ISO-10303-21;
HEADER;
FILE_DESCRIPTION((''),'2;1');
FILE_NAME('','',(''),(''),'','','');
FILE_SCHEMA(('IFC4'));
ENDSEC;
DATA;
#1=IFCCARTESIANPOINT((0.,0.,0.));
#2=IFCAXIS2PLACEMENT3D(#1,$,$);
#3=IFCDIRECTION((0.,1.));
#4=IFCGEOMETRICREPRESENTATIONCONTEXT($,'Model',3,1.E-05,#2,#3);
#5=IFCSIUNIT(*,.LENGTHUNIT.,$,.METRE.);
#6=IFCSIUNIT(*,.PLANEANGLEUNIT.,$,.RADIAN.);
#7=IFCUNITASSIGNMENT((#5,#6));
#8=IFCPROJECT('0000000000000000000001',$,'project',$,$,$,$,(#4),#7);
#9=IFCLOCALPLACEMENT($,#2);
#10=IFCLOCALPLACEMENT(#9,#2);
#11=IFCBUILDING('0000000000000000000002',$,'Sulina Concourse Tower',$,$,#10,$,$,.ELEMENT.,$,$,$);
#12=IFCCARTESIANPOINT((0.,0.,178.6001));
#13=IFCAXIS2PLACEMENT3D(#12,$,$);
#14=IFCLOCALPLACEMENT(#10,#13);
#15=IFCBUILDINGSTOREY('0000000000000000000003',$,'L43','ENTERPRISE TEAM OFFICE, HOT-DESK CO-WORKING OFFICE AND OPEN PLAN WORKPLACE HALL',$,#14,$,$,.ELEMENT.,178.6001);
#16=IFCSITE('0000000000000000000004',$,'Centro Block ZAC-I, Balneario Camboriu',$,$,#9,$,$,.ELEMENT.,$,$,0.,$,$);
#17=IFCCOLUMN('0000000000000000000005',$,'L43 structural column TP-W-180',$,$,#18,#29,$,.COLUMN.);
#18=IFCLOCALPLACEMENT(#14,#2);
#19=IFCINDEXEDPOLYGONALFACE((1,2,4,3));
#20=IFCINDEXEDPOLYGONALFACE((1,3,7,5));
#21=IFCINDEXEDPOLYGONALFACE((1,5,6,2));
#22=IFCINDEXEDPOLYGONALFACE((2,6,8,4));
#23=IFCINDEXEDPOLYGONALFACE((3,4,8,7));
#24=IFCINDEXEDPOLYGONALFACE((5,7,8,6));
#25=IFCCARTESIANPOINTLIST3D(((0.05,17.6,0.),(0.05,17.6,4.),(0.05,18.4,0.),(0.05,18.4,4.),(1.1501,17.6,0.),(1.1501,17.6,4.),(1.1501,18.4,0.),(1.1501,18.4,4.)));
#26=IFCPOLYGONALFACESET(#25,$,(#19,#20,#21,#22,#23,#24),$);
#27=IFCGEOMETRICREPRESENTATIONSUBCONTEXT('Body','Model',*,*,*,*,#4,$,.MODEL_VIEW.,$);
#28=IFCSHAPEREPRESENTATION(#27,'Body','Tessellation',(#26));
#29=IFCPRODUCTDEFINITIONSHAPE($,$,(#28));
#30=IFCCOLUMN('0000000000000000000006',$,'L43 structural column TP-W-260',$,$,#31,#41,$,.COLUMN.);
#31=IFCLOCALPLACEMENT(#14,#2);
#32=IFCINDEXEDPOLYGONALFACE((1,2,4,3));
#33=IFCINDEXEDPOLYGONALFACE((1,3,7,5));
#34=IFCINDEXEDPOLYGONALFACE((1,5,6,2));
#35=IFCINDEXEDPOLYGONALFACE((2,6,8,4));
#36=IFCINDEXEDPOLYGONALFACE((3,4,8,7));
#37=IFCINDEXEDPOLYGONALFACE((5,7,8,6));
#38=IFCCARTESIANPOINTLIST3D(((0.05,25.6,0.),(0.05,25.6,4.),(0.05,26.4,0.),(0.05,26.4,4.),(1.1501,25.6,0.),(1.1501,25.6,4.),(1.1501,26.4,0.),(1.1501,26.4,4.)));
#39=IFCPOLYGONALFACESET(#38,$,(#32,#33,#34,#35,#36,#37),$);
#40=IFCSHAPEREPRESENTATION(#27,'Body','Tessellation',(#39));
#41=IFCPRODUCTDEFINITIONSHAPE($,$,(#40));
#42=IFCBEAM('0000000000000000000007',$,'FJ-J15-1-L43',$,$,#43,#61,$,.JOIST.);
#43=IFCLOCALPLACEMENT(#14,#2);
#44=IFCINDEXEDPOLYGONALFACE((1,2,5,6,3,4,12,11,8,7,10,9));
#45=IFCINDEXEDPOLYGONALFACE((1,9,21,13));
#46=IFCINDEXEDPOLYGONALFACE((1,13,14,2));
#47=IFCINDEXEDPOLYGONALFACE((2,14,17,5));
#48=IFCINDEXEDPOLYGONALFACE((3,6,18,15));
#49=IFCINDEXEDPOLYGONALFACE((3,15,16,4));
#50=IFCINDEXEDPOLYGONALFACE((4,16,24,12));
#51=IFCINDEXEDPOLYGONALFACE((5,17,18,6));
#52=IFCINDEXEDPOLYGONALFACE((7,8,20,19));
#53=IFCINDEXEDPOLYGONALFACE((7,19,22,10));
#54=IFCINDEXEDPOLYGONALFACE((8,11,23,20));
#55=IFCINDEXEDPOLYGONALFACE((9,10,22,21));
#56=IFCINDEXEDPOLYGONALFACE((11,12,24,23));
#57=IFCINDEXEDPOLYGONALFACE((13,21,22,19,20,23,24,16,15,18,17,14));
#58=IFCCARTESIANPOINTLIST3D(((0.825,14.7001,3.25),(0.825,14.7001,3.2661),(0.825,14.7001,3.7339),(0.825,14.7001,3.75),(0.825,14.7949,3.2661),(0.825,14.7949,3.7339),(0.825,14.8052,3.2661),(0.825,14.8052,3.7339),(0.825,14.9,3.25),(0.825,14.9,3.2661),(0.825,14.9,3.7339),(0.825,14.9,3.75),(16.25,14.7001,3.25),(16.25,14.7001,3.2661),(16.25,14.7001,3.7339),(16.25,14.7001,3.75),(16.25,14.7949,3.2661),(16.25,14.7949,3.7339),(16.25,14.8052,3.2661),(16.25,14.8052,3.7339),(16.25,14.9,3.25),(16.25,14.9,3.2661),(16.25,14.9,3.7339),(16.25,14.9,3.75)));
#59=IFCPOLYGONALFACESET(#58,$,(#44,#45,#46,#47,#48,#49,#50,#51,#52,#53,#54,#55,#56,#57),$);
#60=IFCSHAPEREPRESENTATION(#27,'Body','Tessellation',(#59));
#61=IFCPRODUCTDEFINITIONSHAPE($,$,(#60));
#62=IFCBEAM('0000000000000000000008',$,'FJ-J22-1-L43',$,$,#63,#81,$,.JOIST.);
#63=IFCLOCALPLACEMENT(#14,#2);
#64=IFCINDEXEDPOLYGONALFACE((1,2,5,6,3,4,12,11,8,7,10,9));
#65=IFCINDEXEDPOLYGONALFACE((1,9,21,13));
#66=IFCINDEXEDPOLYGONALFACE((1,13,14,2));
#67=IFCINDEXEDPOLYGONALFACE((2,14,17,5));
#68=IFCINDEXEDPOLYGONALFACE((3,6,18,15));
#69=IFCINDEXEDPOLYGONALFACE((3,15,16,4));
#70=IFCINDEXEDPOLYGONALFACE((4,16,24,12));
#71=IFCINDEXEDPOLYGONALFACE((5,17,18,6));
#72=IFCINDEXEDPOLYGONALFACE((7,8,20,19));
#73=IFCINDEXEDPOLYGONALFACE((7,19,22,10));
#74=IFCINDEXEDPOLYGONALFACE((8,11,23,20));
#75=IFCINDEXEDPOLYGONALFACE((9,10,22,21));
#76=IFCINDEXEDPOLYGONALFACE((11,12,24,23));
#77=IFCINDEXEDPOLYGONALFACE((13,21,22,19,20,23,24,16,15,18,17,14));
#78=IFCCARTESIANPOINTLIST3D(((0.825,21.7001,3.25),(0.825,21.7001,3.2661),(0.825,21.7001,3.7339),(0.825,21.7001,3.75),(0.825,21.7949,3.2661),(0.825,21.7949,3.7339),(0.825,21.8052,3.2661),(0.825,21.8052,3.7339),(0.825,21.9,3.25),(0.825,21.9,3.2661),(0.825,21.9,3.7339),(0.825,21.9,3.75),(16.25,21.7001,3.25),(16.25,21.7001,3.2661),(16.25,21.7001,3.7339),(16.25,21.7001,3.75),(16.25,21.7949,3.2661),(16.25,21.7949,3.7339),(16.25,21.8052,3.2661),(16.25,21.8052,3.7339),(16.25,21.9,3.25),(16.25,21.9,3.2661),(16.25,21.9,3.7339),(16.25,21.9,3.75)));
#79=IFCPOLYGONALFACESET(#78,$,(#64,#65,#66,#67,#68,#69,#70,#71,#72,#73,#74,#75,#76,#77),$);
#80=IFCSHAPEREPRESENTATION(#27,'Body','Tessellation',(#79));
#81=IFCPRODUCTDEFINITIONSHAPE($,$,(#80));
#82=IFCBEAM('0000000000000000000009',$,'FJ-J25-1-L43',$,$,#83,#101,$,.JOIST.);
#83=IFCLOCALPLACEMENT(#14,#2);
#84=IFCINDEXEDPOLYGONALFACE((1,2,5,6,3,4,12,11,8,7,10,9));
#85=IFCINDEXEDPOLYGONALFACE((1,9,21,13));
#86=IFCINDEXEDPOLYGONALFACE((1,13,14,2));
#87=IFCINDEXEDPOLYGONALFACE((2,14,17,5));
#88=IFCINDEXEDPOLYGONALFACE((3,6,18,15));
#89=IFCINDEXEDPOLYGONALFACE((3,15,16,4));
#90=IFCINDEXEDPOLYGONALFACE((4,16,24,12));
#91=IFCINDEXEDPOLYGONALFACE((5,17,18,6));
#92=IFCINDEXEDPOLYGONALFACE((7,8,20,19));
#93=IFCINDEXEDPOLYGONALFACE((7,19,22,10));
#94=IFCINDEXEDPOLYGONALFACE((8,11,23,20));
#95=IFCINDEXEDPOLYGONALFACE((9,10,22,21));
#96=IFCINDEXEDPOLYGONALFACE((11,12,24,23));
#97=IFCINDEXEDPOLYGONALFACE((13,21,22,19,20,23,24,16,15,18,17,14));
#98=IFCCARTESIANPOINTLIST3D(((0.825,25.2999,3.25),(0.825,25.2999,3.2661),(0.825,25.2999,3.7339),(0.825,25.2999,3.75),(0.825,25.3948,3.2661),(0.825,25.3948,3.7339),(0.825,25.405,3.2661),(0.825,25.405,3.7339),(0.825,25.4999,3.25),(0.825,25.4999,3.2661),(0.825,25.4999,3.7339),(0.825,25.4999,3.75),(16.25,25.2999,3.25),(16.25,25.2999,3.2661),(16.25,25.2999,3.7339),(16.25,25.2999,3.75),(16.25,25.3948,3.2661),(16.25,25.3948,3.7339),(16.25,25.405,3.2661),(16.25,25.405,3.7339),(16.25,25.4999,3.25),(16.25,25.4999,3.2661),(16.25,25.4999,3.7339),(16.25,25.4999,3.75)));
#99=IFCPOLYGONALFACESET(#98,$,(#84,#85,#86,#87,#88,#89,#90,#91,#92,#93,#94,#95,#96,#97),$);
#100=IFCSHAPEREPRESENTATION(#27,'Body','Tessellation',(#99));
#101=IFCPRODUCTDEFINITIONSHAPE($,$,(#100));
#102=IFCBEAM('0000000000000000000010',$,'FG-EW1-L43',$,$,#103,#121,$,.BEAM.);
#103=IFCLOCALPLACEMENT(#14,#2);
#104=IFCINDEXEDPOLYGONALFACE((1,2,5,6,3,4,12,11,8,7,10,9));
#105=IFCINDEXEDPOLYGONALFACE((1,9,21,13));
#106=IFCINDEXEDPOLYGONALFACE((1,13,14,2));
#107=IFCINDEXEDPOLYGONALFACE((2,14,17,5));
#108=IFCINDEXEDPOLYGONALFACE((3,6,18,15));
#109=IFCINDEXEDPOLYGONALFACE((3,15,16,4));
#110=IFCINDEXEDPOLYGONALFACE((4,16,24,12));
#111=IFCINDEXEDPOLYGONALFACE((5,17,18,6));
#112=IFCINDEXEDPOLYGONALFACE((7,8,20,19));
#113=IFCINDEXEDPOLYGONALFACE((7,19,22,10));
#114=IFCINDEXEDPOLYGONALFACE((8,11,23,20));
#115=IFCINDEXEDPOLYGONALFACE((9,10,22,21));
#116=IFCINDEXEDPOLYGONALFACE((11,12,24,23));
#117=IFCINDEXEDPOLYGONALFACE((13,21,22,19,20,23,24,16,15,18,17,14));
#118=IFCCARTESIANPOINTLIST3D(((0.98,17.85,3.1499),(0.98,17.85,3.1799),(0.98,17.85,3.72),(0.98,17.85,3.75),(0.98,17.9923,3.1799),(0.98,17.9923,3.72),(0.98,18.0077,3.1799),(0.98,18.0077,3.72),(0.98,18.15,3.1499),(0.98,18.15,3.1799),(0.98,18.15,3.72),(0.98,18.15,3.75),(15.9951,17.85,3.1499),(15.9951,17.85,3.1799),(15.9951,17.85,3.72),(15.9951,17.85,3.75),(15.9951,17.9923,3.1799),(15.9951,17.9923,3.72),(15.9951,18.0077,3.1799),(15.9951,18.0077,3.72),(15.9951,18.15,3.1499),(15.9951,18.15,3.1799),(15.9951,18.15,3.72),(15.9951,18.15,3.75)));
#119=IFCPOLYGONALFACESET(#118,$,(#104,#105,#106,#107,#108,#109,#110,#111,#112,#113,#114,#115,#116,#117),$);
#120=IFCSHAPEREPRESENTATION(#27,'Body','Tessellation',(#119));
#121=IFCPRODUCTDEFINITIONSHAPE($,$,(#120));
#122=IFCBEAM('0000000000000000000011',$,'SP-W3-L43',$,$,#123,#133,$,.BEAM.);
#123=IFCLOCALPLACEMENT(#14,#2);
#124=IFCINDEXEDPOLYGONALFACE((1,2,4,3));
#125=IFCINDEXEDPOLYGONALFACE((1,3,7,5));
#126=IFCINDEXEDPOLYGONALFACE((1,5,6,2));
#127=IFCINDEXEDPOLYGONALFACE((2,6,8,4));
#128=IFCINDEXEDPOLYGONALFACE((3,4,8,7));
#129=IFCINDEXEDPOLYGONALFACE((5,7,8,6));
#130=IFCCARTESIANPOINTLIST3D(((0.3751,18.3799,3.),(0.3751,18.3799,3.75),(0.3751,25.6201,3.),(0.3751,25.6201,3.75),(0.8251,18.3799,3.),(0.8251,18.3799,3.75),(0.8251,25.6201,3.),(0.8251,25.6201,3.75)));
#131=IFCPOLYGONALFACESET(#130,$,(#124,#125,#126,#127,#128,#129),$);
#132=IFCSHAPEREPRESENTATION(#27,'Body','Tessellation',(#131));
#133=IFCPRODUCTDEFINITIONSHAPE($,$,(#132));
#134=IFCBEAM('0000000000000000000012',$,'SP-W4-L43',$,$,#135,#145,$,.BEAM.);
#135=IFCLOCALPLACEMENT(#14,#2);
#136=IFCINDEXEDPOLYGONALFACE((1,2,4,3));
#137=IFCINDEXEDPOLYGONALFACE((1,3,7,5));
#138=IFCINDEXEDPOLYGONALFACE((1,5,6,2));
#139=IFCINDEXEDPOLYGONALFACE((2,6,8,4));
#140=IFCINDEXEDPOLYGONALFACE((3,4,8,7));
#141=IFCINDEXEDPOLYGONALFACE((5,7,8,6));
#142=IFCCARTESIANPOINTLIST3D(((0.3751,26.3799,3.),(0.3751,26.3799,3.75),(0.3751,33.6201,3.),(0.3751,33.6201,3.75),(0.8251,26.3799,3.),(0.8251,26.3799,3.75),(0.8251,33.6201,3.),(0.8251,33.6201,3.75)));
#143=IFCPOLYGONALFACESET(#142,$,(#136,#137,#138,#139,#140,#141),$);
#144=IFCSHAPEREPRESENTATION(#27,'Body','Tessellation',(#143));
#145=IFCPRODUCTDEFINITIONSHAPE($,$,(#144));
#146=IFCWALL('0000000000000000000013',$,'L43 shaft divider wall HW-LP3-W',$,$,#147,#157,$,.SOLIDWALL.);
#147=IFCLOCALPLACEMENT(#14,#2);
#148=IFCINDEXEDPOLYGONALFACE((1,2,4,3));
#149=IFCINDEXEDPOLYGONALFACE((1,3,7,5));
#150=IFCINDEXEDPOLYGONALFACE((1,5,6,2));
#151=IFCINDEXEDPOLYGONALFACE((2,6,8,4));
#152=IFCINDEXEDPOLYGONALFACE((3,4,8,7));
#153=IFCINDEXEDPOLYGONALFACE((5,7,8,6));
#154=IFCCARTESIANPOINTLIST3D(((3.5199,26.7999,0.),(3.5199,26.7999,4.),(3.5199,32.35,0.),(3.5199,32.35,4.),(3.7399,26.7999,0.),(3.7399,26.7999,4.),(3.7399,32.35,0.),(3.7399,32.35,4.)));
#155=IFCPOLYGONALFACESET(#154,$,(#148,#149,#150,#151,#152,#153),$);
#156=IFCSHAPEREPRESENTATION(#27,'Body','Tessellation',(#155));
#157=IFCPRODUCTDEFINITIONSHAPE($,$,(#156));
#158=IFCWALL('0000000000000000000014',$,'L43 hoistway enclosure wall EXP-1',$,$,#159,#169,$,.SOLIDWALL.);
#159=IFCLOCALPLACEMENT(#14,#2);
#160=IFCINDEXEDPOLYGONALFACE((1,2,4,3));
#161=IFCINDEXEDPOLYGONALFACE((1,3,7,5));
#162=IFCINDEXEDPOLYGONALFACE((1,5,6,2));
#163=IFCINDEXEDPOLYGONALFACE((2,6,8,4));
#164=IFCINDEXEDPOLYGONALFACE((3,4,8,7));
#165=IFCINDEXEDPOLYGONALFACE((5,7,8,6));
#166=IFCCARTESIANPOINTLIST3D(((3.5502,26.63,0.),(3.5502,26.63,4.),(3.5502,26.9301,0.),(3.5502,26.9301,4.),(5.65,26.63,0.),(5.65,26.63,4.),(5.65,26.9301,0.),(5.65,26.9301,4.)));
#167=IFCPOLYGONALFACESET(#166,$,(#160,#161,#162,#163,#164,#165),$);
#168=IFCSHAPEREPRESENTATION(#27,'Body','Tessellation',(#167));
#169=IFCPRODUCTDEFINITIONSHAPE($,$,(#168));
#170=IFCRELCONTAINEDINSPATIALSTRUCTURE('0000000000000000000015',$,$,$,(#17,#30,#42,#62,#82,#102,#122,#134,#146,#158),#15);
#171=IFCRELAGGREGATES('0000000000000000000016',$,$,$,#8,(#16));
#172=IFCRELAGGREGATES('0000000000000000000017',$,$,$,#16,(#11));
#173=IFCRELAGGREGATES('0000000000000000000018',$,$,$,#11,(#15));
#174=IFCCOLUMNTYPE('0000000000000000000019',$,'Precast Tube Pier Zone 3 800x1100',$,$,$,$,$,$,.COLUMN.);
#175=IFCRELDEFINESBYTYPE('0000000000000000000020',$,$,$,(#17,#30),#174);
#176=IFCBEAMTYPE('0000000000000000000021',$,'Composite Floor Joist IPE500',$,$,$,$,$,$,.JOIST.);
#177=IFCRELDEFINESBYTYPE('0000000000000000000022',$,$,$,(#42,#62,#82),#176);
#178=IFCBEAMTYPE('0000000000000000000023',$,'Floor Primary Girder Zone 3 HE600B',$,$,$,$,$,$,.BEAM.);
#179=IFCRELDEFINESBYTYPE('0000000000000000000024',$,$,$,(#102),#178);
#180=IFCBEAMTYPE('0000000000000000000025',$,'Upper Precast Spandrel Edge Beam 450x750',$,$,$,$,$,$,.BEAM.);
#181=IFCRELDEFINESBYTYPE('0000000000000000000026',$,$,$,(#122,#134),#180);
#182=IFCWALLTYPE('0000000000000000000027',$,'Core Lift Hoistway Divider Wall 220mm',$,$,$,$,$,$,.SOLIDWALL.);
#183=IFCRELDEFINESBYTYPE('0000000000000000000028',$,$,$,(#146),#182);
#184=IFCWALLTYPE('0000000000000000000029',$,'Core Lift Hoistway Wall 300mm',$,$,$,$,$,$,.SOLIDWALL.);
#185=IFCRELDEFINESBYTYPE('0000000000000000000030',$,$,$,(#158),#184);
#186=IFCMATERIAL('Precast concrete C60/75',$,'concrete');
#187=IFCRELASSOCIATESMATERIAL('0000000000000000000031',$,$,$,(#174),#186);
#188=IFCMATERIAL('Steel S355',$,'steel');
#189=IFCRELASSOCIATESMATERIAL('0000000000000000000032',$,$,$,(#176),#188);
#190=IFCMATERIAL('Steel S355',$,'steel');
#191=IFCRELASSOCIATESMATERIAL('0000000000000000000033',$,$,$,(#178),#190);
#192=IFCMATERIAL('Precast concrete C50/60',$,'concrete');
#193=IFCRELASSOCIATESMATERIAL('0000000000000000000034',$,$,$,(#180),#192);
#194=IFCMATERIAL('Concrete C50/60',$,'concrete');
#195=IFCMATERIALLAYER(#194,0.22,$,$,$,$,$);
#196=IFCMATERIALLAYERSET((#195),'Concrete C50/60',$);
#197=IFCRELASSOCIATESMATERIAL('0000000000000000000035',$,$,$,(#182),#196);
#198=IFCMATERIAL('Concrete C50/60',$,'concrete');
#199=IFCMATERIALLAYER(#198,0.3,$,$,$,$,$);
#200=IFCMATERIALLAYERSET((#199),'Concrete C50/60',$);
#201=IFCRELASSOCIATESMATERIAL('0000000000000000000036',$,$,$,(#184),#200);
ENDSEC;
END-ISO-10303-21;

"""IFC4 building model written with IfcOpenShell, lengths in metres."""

from ifc_helpers import new_model, si_unit, direction, frame, frame_2d, origin, origin_2d, place, context, subcontext, project, spatial, rectangle, i_section, extrude, material, layer, layer_set, material_profile, profile_set, type_object, element, save


model = new_model("IFC4")

# Units and contexts
model_context = context("Model", 3, precision=1e-05, world=origin(), true_north=direction((0.0, 1.0)))
body_context = subcontext(model_context, "Body", "Model", "MODEL_VIEW")
ifc_project = project(units=[si_unit("LENGTHUNIT", "METRE"), si_unit("PLANEANGLEUNIT", "RADIAN")], contexts=[model_context])

# Site, building, storey
site_placement = place(None, origin())
site = spatial("IfcSite", under=ifc_project, at=site_placement, Name="Centro Block ZAC-I, Balneario Camboriu", CompositionType="ELEMENT", RefElevation=0.0)
building_placement = place(site_placement, origin())
building = spatial("IfcBuilding", under=site, at=building_placement, Name="Sulina Concourse Tower", CompositionType="ELEMENT")
storey_placement = place(building_placement, frame((0.0, 0.0, 178.6001)))
storey = spatial("IfcBuildingStorey", under=building, at=storey_placement, Name="L43", Description="ENTERPRISE TEAM OFFICE, HOT-DESK CO-WORKING OFFICE AND OPEN PLAN WORKPLACE HALL", CompositionType="ELEMENT", Elevation=178.6001)

# Columns
ifc_material_1 = material(Name="Precast concrete C60/75", Category="concrete")
ifc_material_profile_1 = material_profile(ifc_material_1, rectangle(XDim=0.8, YDim=1.1001, at=origin_2d()), Name="PC 800x1100")
ifc_profile_set_1 = profile_set([ifc_material_profile_1], Name="Precast concrete C60/75")
column_type = type_object("IfcColumnType", Name="Precast Tube Pier Zone 3 800x1100", PredefinedType="COLUMN", material=ifc_profile_set_1)
for number, where, z_axis, x_axis, name in (
    (1, (0.6001, 18.0, 0.0), (0.0, 0.0, 1.0), (0.0, 1.0, 0.0), "L43 structural column TP-W-180"),
    (2, (0.6001, 26.0, 0.0), (0.0, 0.0, 1.0), (0.0, 1.0, 0.0), "L43 structural column TP-W-260"),
):
    element("IfcColumn", number, at=place(storey_placement, frame(where, z_axis=z_axis, x_axis=x_axis)), inside=storey, type_object=column_type, Name=name, PredefinedType="COLUMN", context=body_context, shape_type="SweptSolid", body=[
        extrude(rectangle(XDim=0.8, YDim=1.1001, at=origin_2d()), origin(), (0.0, 0.0, 1.0), 4.0),
    ])

# Beams
ifc_material_2 = material(Name="Steel S355", Category="steel")
ifc_material_profile_2 = material_profile(ifc_material_2, i_section(OverallWidth=0.2, OverallDepth=0.5, WebThickness=0.0103, FlangeThickness=0.0161, at=origin_2d()), Name="IPE 500")
ifc_profile_set_2 = profile_set([ifc_material_profile_2], Name="Steel S355")
beam_type_1 = type_object("IfcBeamType", Name="Composite Floor Joist IPE500", PredefinedType="JOIST", material=ifc_profile_set_2)
for number, where, z_axis, x_axis, name in (
    (3, (0.825, 14.8, 3.5), (1.0, 0.0, 0.0), (0.0, 1.0, 0.0), "FJ-J15-1-L43"),
    (4, (0.825, 21.8, 3.5), (1.0, 0.0, 0.0), (0.0, 1.0, 0.0), "FJ-J22-1-L43"),
    (5, (0.825, 25.3999, 3.5), (1.0, 0.0, 0.0), (0.0, 1.0, 0.0), "FJ-J25-1-L43"),
):
    element("IfcBeam", number, at=place(storey_placement, frame(where, z_axis=z_axis, x_axis=x_axis)), inside=storey, type_object=beam_type_1, Name=name, PredefinedType="JOIST", context=body_context, shape_type="SweptSolid", body=[
        extrude(i_section(OverallWidth=0.2, OverallDepth=0.5, WebThickness=0.0103, FlangeThickness=0.0161, at=origin_2d()), origin(), (0.0, 0.0, 1.0), 15.425),
    ])
ifc_material_3 = material(Name="Steel S355", Category="steel")
ifc_material_profile_3 = material_profile(ifc_material_3, i_section(OverallWidth=0.3, OverallDepth=0.6001, WebThickness=0.0154, FlangeThickness=0.03, at=origin_2d()), Name="HE 600 B")
ifc_profile_set_3 = profile_set([ifc_material_profile_3], Name="Steel S355")
beam_type_2 = type_object("IfcBeamType", Name="Floor Primary Girder Zone 3 HE600B", PredefinedType="BEAM", material=ifc_profile_set_3)
beam_placement = place(storey_placement, frame((0.98, 18.0, 3.45), z_axis=(1.0, 0.0, 0.0), x_axis=(0.0, 1.0, 0.0)))
element("IfcBeam", 6, at=beam_placement, inside=storey, type_object=beam_type_2, Name="FG-EW1-L43", PredefinedType="BEAM", context=body_context, shape_type="SweptSolid", body=[
    extrude(i_section(OverallWidth=0.3, OverallDepth=0.6001, WebThickness=0.0154, FlangeThickness=0.03, at=origin_2d()), origin(), (0.0, 0.0, 1.0), 15.0151),
])
ifc_material_4 = material(Name="Precast concrete C50/60", Category="concrete")
ifc_material_profile_4 = material_profile(ifc_material_4, rectangle(XDim=0.45, YDim=0.75, at=origin_2d()), Name="RC 450x750")
ifc_profile_set_4 = profile_set([ifc_material_profile_4], Name="Precast concrete C50/60")
beam_type_3 = type_object("IfcBeamType", Name="Upper Precast Spandrel Edge Beam 450x750", PredefinedType="BEAM", material=ifc_profile_set_4)
for number, where, z_axis, x_axis, name in (
    (7, (0.6001, 18.3799, 3.375), (0.0, 1.0, 0.0), (-1.0, 0.0, 0.0), "SP-W3-L43"),
    (8, (0.6001, 26.3799, 3.375), (0.0, 1.0, 0.0), (-1.0, 0.0, 0.0), "SP-W4-L43"),
):
    element("IfcBeam", number, at=place(storey_placement, frame(where, z_axis=z_axis, x_axis=x_axis)), inside=storey, type_object=beam_type_3, Name=name, PredefinedType="BEAM", context=body_context, shape_type="SweptSolid", body=[
        extrude(rectangle(XDim=0.45, YDim=0.75, at=origin_2d()), origin(), (0.0, 0.0, 1.0), 7.2402),
    ])

# Walls
ifc_material_5 = material(Name="Concrete C50/60", Category="concrete")
ifc_layer_1 = layer(ifc_material_5, 0.22)
ifc_layer_set_1 = layer_set([ifc_layer_1], Name="Concrete C50/60")
wall_type_1 = type_object("IfcWallType", Name="Core Lift Hoistway Divider Wall 220mm", PredefinedType="SOLIDWALL", material=ifc_layer_set_1)
wall_1_placement = place(storey_placement, frame((3.6299, 26.8, 0.0), z_axis=(0.0, 0.0, 1.0), x_axis=(0.0, 1.0, 0.0)))
element("IfcWall", 9, at=wall_1_placement, inside=storey, type_object=wall_type_1, Name="L43 shaft divider wall HW-LP3-W", PredefinedType="SOLIDWALL", context=body_context, shape_type="SweptSolid", body=[
    extrude(rectangle(XDim=5.55, YDim=0.22, at=frame_2d((2.7749, 0.0))), origin(), (0.0, 0.0, 1.0), 4.0),
])
ifc_material_6 = material(Name="Concrete C50/60", Category="concrete")
ifc_layer_2 = layer(ifc_material_6, 0.3)
ifc_layer_set_2 = layer_set([ifc_layer_2], Name="Concrete C50/60")
wall_type_2 = type_object("IfcWallType", Name="Core Lift Hoistway Wall 300mm", PredefinedType="SOLIDWALL", material=ifc_layer_set_2)
wall_2_placement = place(storey_placement, frame((5.6499, 26.78, 0.0), z_axis=(0.0, 0.0, 1.0), x_axis=(-1.0, 0.0, 0.0)))
element("IfcWall", 10, at=wall_2_placement, inside=storey, type_object=wall_type_2, Name="L43 hoistway enclosure wall EXP-1", PredefinedType="SOLIDWALL", context=body_context, shape_type="SweptSolid", body=[
    extrude(rectangle(XDim=2.0999, YDim=0.3, at=frame_2d((1.0498, 0.0))), origin(), (0.0, 0.0, 1.0), 4.0),
])

save(model, "model.ifc")
